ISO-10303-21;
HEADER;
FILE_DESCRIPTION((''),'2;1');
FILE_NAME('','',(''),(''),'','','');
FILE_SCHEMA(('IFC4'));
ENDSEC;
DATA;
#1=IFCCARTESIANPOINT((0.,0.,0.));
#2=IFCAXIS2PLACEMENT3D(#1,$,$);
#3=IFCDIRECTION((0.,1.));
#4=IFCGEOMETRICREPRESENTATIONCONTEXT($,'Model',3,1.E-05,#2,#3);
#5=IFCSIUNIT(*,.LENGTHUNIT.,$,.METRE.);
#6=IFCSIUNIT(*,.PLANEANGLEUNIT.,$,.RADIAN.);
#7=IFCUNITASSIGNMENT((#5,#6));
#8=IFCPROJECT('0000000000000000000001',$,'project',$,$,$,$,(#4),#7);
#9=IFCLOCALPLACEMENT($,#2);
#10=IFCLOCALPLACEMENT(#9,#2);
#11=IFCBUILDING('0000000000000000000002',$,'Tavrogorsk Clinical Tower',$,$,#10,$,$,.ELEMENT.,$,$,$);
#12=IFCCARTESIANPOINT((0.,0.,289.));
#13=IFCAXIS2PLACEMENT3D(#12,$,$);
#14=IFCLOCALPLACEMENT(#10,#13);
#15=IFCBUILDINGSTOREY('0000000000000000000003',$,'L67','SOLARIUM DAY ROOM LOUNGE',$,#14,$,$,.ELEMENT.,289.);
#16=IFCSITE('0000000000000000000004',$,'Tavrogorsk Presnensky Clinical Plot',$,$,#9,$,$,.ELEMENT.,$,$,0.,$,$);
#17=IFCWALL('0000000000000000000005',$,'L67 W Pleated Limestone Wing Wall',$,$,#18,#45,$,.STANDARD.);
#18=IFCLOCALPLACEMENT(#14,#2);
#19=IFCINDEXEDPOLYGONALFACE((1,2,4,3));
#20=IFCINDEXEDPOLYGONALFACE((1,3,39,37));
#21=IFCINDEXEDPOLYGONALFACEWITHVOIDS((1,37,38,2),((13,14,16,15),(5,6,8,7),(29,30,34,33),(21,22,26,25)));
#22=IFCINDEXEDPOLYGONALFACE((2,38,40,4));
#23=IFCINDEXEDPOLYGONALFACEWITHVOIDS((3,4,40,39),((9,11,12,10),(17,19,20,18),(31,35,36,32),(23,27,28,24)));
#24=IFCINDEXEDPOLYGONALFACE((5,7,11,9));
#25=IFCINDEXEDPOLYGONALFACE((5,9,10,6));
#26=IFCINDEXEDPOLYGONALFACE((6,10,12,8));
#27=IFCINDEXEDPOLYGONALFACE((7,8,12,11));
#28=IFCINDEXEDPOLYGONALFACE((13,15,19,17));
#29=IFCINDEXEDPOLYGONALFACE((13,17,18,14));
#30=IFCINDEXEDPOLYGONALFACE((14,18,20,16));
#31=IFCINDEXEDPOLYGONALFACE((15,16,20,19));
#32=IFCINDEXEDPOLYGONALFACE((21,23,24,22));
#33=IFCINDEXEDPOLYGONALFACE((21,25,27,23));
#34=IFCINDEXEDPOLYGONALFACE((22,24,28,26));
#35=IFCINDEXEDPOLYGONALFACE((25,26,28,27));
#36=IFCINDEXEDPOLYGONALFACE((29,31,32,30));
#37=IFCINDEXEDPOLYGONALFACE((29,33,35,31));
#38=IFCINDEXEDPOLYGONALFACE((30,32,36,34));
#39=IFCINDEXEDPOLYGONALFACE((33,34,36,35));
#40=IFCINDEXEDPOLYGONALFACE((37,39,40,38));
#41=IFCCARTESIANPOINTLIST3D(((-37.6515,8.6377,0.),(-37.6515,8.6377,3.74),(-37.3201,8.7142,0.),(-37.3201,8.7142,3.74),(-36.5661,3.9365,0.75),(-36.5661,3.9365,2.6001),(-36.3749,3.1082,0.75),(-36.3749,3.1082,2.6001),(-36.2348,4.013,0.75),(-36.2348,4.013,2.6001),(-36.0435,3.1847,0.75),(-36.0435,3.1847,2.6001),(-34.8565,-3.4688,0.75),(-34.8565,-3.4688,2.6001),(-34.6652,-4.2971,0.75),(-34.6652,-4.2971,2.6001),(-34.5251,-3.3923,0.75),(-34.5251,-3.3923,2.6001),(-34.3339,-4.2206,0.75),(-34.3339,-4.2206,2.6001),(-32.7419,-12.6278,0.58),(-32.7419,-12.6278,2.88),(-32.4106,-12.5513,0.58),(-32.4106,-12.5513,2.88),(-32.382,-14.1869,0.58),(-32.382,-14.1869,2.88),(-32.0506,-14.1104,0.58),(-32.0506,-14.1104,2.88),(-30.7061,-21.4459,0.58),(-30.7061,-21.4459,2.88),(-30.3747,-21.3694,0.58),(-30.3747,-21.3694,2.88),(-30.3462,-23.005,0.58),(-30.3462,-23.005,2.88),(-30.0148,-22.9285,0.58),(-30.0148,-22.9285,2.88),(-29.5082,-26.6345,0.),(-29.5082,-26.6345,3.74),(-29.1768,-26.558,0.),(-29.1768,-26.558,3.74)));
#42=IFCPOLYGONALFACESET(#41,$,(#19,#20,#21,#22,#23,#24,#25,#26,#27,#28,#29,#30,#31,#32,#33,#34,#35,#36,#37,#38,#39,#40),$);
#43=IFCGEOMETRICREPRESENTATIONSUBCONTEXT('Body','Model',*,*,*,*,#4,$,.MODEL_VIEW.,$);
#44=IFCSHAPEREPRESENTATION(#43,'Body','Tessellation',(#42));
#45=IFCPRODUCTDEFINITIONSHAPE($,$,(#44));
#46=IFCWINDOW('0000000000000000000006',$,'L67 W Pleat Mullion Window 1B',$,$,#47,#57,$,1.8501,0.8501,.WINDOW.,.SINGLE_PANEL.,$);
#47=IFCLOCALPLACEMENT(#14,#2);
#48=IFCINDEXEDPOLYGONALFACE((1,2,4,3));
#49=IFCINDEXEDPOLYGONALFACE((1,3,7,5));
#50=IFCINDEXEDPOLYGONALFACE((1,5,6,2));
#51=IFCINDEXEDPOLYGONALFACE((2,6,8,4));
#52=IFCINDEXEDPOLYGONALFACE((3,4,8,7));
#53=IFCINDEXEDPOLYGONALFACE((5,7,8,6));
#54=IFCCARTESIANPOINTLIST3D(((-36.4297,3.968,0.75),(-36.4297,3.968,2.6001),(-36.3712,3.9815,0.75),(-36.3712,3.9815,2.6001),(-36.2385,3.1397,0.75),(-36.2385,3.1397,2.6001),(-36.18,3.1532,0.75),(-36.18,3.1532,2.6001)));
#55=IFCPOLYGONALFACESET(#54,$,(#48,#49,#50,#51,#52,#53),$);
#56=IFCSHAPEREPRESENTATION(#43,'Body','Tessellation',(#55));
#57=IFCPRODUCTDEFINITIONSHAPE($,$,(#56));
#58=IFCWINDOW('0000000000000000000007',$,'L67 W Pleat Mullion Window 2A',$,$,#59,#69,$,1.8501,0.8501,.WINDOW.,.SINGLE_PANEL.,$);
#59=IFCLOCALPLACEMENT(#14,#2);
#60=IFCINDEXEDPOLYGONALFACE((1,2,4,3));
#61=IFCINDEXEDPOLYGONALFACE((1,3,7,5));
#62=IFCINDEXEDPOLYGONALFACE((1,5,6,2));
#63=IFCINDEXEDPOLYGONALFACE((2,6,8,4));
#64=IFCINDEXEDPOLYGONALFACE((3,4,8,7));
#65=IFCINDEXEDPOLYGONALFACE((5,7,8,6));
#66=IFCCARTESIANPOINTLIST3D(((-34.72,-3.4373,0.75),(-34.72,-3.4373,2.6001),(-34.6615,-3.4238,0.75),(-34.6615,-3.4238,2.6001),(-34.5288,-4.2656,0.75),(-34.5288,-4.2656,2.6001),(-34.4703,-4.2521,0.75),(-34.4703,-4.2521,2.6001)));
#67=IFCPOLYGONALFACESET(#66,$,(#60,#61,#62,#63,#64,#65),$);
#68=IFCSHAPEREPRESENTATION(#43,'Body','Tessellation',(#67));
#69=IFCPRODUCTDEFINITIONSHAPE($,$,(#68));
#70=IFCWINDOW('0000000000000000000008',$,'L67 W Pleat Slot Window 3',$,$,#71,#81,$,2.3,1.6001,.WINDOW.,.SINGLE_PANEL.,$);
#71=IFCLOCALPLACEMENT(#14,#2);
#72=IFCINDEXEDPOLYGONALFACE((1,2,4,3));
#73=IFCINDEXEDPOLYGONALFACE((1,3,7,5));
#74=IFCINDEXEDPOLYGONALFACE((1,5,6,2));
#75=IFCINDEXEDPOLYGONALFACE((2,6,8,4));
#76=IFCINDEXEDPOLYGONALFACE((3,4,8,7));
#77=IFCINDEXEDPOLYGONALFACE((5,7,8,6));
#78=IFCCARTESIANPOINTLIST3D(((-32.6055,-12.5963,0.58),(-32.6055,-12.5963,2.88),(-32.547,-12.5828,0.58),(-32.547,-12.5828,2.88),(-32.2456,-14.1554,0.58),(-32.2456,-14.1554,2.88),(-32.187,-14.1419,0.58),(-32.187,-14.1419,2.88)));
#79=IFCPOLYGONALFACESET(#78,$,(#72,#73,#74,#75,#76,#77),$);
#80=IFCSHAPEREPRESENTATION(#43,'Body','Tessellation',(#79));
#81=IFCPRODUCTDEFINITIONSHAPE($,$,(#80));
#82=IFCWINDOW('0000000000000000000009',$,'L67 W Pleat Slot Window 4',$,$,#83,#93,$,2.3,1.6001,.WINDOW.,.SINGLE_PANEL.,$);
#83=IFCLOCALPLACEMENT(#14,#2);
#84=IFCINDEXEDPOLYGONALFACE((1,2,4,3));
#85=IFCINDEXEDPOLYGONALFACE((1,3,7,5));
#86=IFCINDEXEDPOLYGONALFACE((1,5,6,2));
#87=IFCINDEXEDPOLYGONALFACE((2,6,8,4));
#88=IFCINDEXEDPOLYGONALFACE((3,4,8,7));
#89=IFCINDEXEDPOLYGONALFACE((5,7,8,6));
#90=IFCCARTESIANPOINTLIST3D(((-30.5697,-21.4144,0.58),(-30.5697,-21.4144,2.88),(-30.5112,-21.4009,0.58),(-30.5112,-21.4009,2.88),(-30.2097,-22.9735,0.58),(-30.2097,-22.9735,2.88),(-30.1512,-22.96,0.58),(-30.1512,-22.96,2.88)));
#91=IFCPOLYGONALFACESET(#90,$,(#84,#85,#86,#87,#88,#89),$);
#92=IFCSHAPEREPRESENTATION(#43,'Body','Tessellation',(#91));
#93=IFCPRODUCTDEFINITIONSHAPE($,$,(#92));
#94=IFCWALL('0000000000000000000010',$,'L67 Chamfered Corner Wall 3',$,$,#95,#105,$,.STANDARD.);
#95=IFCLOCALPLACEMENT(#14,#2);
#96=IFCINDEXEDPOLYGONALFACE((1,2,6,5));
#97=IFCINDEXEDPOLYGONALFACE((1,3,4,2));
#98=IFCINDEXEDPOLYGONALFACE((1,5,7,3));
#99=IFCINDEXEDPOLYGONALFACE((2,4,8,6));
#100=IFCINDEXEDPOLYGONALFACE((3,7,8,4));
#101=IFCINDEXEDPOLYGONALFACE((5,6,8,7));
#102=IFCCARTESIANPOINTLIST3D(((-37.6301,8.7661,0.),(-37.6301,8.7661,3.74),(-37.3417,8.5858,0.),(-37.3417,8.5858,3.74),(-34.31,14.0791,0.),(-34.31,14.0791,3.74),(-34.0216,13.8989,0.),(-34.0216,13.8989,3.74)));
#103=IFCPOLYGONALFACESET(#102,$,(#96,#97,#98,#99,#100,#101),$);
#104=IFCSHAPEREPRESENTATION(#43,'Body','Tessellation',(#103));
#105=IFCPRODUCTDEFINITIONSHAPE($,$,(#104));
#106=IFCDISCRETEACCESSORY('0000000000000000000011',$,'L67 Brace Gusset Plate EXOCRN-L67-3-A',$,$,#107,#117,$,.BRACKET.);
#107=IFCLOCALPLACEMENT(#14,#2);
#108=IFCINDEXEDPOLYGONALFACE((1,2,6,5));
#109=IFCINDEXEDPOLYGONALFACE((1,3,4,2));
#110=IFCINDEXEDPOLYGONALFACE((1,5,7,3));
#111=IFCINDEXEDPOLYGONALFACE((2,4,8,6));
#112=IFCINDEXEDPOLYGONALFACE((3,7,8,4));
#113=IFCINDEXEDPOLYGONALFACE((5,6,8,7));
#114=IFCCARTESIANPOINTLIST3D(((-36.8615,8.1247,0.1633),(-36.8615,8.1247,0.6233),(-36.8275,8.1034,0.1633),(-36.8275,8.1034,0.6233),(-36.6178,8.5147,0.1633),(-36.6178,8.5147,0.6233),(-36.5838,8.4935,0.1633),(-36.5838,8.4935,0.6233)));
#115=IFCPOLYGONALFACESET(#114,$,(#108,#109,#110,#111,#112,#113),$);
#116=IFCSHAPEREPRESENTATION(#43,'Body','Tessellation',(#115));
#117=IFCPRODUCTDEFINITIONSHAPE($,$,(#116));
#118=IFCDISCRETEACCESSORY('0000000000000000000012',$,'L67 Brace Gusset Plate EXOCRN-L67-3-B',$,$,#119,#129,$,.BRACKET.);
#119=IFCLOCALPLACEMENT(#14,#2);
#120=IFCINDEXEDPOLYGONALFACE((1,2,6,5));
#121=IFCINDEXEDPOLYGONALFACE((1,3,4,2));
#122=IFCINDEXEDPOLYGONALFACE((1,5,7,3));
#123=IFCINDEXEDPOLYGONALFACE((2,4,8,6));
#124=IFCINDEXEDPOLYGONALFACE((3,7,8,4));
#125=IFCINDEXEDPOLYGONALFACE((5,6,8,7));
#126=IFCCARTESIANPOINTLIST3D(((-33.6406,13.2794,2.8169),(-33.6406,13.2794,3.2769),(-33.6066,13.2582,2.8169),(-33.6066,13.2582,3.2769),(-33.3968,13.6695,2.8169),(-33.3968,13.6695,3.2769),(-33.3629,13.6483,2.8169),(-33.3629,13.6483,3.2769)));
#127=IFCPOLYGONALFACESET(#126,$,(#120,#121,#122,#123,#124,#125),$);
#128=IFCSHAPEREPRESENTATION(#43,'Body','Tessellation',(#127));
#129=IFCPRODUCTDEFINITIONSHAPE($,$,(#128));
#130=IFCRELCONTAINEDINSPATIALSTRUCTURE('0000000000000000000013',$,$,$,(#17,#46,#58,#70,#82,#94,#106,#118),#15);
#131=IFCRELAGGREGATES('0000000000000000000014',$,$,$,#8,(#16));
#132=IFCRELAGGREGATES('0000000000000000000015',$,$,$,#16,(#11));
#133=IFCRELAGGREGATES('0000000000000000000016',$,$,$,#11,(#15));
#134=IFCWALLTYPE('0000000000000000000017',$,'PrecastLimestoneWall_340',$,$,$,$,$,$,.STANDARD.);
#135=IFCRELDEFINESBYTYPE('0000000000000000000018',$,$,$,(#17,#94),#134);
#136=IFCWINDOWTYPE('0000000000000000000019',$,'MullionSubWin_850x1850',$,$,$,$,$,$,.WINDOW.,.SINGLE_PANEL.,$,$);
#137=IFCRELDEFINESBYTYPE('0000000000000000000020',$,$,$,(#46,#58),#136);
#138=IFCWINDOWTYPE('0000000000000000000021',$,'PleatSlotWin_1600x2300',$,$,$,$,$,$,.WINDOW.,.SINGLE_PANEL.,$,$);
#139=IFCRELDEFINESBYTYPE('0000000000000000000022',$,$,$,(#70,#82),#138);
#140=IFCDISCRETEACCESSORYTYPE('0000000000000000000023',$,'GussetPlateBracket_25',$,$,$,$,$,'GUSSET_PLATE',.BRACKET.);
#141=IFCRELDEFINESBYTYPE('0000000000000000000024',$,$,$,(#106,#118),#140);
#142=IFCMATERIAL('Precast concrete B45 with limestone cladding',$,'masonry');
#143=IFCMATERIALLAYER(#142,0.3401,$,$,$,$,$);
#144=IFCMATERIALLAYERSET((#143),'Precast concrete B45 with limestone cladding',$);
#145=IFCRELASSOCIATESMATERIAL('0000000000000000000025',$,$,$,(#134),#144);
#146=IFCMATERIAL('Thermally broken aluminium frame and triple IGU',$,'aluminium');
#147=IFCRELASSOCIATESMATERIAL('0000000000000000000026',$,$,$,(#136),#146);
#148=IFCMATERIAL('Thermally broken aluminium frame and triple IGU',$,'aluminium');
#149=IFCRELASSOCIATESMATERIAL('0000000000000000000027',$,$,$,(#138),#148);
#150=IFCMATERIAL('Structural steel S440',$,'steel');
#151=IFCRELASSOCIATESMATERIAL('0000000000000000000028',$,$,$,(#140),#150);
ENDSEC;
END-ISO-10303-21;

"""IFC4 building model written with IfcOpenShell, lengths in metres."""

from ifc_helpers import new_model, si_unit, direction, frame, frame_2d, origin, origin_2d, place, context, subcontext, project, spatial, rectangle, extrude, material, layer, layer_set, type_object, element, fill, save


model = new_model("IFC4")

# Units and contexts
model_context = context("Model", 3, precision=1e-05, world=origin(), true_north=direction((0.0, 1.0)))
body_context = subcontext(model_context, "Body", "Model", "MODEL_VIEW")
ifc_project = project(units=[si_unit("LENGTHUNIT", "METRE"), si_unit("PLANEANGLEUNIT", "RADIAN")], contexts=[model_context])

# Site, building, storey
site_placement = place(None, origin())
site = spatial("IfcSite", under=ifc_project, at=site_placement, Name="Tavrogorsk Presnensky Clinical Plot", CompositionType="ELEMENT", RefElevation=0.0)
building_placement = place(site_placement, origin())
building = spatial("IfcBuilding", under=site, at=building_placement, Name="Tavrogorsk Clinical Tower", CompositionType="ELEMENT")
storey_placement = place(building_placement, frame((0.0, 0.0, 289.0)))
storey = spatial("IfcBuildingStorey", under=building, at=storey_placement, Name="L67", Description="SOLARIUM DAY ROOM LOUNGE", CompositionType="ELEMENT", Elevation=289.0)

# Wall, openings, windows
ifc_material_1 = material(Name="Precast concrete B45 with limestone cladding", Category="masonry")
ifc_layer_1 = layer(ifc_material_1, 0.3401)
ifc_layer_set_1 = layer_set([ifc_layer_1], Name="Precast concrete B45 with limestone cladding")
wall_type_1 = type_object("IfcWallType", Name="PrecastLimestoneWall_340", PredefinedType="STANDARD", material=ifc_layer_set_1)
wall_1_placement = place(storey_placement, frame((-37.4858, 8.676, 0.0), z_axis=(0.0, 0.0, 1.0), x_axis=(0.224953, -0.97437, 0.0)))
wall_1 = element("IfcWall", 1, at=wall_1_placement, inside=storey, type_object=wall_type_1, Name="L67 W Pleated Limestone Wing Wall", PredefinedType="STANDARD", context=body_context, shape_type="SweptSolid", body=[
    extrude(rectangle(XDim=36.2, YDim=0.3401, at=frame_2d((18.1001, 0.0))), origin(), (0.0, 0.0, 1.0), 3.74),
])
opening_1_placement = place(wall_1_placement, frame((4.825, 0.0, 0.75)))
opening_1 = element("IfcOpeningElement", 2, at=opening_1_placement, cuts=wall_1, PredefinedType="OPENING", context=body_context, shape_type="SweptSolid", body=[
    extrude(rectangle(XDim=0.8501, YDim=1.8501, at=frame_2d((0.425, 0.925))), frame((0.0, 0.1799, 0.0), z_axis=(0.0, -1.0, 0.0), x_axis=(1.0, 0.0, 0.0)), (0.0, 0.0, 1.0), 0.3601),
])
opening_2_placement = place(wall_1_placement, frame((12.425, 0.0, 0.75)))
opening_2 = element("IfcOpeningElement", 3, at=opening_2_placement, cuts=wall_1, PredefinedType="OPENING", context=body_context, shape_type="SweptSolid", body=[
    extrude(rectangle(XDim=0.8501, YDim=1.8501, at=frame_2d((0.425, 0.925))), frame((0.0, 0.1799, 0.0), z_axis=(0.0, -1.0, 0.0), x_axis=(1.0, 0.0, 0.0)), (0.0, 0.0, 1.0), 0.3601),
])
opening_3_placement = place(wall_1_placement, frame((21.825, 0.0, 0.5801)))
opening_3 = element("IfcOpeningElement", 4, at=opening_3_placement, cuts=wall_1, PredefinedType="OPENING", context=body_context, shape_type="SweptSolid", body=[
    extrude(rectangle(XDim=1.6001, YDim=2.3, at=frame_2d((0.8, 1.1499))), frame((0.0, 0.1799, 0.0), z_axis=(0.0, -1.0, 0.0), x_axis=(1.0, 0.0, 0.0)), (0.0, 0.0, 1.0), 0.3601),
])
opening_4_placement = place(wall_1_placement, frame((30.875, 0.0, 0.5801)))
opening_4 = element("IfcOpeningElement", 5, at=opening_4_placement, cuts=wall_1, PredefinedType="OPENING", context=body_context, shape_type="SweptSolid", body=[
    extrude(rectangle(XDim=1.6001, YDim=2.3, at=frame_2d((0.8, 1.1499))), frame((0.0, 0.1799, 0.0), z_axis=(0.0, -1.0, 0.0), x_axis=(1.0, 0.0, 0.0)), (0.0, 0.0, 1.0), 0.3601),
])
ifc_material_2 = material(Name="Thermally broken aluminium frame and triple IGU", Category="aluminium")
window_type_1 = type_object("IfcWindowType", Name="MullionSubWin_850x1850", PartitioningType="SINGLE_PANEL", PredefinedType="WINDOW", material=ifc_material_2)
window_1_placement = place(opening_1_placement, origin())
window_1 = element("IfcWindow", 6, at=window_1_placement, inside=storey, type_object=window_type_1, Name="L67 W Pleat Mullion Window 1B", OverallHeight=1.8501, OverallWidth=0.8501, PartitioningType="SINGLE_PANEL", PredefinedType="WINDOW", context=body_context, shape_type="SweptSolid", body=[
    extrude(rectangle(XDim=0.8501, YDim=1.8501, at=frame_2d((0.425, 0.925))), frame((0.0, 0.03, 0.0), z_axis=(0.0, -1.0, 0.0), x_axis=(1.0, 0.0, 0.0)), (0.0, 0.0, 1.0), 0.0601),
])
fill(opening_1, window_1)
window_2_placement = place(opening_2_placement, origin())
window_2 = element("IfcWindow", 7, at=window_2_placement, inside=storey, type_object=window_type_1, Name="L67 W Pleat Mullion Window 2A", OverallHeight=1.8501, OverallWidth=0.8501, PartitioningType="SINGLE_PANEL", PredefinedType="WINDOW", context=body_context, shape_type="SweptSolid", body=[
    extrude(rectangle(XDim=0.8501, YDim=1.8501, at=frame_2d((0.425, 0.925))), frame((0.0, 0.03, 0.0), z_axis=(0.0, -1.0, 0.0), x_axis=(1.0, 0.0, 0.0)), (0.0, 0.0, 1.0), 0.0601),
])
fill(opening_2, window_2)
ifc_material_3 = material(Name="Thermally broken aluminium frame and triple IGU", Category="aluminium")
window_type_2 = type_object("IfcWindowType", Name="PleatSlotWin_1600x2300", PartitioningType="SINGLE_PANEL", PredefinedType="WINDOW", material=ifc_material_3)
window_3_placement = place(opening_3_placement, origin())
window_3 = element("IfcWindow", 8, at=window_3_placement, inside=storey, type_object=window_type_2, Name="L67 W Pleat Slot Window 3", OverallHeight=2.3, OverallWidth=1.6001, PartitioningType="SINGLE_PANEL", PredefinedType="WINDOW", context=body_context, shape_type="SweptSolid", body=[
    extrude(rectangle(XDim=1.6001, YDim=2.3, at=frame_2d((0.8, 1.1499))), frame((0.0, 0.03, 0.0), z_axis=(0.0, -1.0, 0.0), x_axis=(1.0, 0.0, 0.0)), (0.0, 0.0, 1.0), 0.0601),
])
fill(opening_3, window_3)
window_4_placement = place(opening_4_placement, origin())
window_4 = element("IfcWindow", 9, at=window_4_placement, inside=storey, type_object=window_type_2, Name="L67 W Pleat Slot Window 4", OverallHeight=2.3, OverallWidth=1.6001, PartitioningType="SINGLE_PANEL", PredefinedType="WINDOW", context=body_context, shape_type="SweptSolid", body=[
    extrude(rectangle(XDim=1.6001, YDim=2.3, at=frame_2d((0.8, 1.1499))), frame((0.0, 0.03, 0.0), z_axis=(0.0, -1.0, 0.0), x_axis=(1.0, 0.0, 0.0)), (0.0, 0.0, 1.0), 0.0601),
])
fill(opening_4, window_4)

# Wall
wall_2_placement = place(storey_placement, frame((-34.1658, 13.989, 0.0), z_axis=(0.0, 0.0, 1.0), x_axis=(-0.529936, -0.848038, 0.0)))
element("IfcWall", 10, at=wall_2_placement, inside=storey, type_object=wall_type_1, Name="L67 Chamfered Corner Wall 3", PredefinedType="STANDARD", context=body_context, shape_type="SweptSolid", body=[
    extrude(rectangle(XDim=6.2651, YDim=0.3401, at=frame_2d((3.1326, 0.0))), origin(), (0.0, 0.0, 1.0), 3.74),
])

# Discrete accessories
ifc_material_4 = material(Name="Structural steel S440", Category="steel")
discrete_accessory_type = type_object("IfcDiscreteAccessoryType", Name="GussetPlateBracket_25", ElementType="GUSSET_PLATE", PredefinedType="BRACKET", material=ifc_material_4)
for number, where, z_axis, x_axis, name in (
    (11, (-36.7227, 8.3091, 0.1633), (0.0, 0.0, 1.0), (0.529919, 0.848048, 0.0), "L67 Brace Gusset Plate EXOCRN-L67-3-A"),
    (12, (-33.5017, 13.4639, 2.8169), (0.0, 0.0, 1.0), (0.529919, 0.848048, 0.0), "L67 Brace Gusset Plate EXOCRN-L67-3-B"),
):
    element("IfcDiscreteAccessory", number, at=place(storey_placement, frame(where, z_axis=z_axis, x_axis=x_axis)), inside=storey, type_object=discrete_accessory_type, Name=name, PredefinedType="BRACKET", context=body_context, shape_type="SweptSolid", body=[
        extrude(rectangle(XDim=0.46, YDim=0.04, at=origin_2d()), origin(), (0.0, 0.0, 1.0), 0.46),
    ])

save(model, "model.ifc")
